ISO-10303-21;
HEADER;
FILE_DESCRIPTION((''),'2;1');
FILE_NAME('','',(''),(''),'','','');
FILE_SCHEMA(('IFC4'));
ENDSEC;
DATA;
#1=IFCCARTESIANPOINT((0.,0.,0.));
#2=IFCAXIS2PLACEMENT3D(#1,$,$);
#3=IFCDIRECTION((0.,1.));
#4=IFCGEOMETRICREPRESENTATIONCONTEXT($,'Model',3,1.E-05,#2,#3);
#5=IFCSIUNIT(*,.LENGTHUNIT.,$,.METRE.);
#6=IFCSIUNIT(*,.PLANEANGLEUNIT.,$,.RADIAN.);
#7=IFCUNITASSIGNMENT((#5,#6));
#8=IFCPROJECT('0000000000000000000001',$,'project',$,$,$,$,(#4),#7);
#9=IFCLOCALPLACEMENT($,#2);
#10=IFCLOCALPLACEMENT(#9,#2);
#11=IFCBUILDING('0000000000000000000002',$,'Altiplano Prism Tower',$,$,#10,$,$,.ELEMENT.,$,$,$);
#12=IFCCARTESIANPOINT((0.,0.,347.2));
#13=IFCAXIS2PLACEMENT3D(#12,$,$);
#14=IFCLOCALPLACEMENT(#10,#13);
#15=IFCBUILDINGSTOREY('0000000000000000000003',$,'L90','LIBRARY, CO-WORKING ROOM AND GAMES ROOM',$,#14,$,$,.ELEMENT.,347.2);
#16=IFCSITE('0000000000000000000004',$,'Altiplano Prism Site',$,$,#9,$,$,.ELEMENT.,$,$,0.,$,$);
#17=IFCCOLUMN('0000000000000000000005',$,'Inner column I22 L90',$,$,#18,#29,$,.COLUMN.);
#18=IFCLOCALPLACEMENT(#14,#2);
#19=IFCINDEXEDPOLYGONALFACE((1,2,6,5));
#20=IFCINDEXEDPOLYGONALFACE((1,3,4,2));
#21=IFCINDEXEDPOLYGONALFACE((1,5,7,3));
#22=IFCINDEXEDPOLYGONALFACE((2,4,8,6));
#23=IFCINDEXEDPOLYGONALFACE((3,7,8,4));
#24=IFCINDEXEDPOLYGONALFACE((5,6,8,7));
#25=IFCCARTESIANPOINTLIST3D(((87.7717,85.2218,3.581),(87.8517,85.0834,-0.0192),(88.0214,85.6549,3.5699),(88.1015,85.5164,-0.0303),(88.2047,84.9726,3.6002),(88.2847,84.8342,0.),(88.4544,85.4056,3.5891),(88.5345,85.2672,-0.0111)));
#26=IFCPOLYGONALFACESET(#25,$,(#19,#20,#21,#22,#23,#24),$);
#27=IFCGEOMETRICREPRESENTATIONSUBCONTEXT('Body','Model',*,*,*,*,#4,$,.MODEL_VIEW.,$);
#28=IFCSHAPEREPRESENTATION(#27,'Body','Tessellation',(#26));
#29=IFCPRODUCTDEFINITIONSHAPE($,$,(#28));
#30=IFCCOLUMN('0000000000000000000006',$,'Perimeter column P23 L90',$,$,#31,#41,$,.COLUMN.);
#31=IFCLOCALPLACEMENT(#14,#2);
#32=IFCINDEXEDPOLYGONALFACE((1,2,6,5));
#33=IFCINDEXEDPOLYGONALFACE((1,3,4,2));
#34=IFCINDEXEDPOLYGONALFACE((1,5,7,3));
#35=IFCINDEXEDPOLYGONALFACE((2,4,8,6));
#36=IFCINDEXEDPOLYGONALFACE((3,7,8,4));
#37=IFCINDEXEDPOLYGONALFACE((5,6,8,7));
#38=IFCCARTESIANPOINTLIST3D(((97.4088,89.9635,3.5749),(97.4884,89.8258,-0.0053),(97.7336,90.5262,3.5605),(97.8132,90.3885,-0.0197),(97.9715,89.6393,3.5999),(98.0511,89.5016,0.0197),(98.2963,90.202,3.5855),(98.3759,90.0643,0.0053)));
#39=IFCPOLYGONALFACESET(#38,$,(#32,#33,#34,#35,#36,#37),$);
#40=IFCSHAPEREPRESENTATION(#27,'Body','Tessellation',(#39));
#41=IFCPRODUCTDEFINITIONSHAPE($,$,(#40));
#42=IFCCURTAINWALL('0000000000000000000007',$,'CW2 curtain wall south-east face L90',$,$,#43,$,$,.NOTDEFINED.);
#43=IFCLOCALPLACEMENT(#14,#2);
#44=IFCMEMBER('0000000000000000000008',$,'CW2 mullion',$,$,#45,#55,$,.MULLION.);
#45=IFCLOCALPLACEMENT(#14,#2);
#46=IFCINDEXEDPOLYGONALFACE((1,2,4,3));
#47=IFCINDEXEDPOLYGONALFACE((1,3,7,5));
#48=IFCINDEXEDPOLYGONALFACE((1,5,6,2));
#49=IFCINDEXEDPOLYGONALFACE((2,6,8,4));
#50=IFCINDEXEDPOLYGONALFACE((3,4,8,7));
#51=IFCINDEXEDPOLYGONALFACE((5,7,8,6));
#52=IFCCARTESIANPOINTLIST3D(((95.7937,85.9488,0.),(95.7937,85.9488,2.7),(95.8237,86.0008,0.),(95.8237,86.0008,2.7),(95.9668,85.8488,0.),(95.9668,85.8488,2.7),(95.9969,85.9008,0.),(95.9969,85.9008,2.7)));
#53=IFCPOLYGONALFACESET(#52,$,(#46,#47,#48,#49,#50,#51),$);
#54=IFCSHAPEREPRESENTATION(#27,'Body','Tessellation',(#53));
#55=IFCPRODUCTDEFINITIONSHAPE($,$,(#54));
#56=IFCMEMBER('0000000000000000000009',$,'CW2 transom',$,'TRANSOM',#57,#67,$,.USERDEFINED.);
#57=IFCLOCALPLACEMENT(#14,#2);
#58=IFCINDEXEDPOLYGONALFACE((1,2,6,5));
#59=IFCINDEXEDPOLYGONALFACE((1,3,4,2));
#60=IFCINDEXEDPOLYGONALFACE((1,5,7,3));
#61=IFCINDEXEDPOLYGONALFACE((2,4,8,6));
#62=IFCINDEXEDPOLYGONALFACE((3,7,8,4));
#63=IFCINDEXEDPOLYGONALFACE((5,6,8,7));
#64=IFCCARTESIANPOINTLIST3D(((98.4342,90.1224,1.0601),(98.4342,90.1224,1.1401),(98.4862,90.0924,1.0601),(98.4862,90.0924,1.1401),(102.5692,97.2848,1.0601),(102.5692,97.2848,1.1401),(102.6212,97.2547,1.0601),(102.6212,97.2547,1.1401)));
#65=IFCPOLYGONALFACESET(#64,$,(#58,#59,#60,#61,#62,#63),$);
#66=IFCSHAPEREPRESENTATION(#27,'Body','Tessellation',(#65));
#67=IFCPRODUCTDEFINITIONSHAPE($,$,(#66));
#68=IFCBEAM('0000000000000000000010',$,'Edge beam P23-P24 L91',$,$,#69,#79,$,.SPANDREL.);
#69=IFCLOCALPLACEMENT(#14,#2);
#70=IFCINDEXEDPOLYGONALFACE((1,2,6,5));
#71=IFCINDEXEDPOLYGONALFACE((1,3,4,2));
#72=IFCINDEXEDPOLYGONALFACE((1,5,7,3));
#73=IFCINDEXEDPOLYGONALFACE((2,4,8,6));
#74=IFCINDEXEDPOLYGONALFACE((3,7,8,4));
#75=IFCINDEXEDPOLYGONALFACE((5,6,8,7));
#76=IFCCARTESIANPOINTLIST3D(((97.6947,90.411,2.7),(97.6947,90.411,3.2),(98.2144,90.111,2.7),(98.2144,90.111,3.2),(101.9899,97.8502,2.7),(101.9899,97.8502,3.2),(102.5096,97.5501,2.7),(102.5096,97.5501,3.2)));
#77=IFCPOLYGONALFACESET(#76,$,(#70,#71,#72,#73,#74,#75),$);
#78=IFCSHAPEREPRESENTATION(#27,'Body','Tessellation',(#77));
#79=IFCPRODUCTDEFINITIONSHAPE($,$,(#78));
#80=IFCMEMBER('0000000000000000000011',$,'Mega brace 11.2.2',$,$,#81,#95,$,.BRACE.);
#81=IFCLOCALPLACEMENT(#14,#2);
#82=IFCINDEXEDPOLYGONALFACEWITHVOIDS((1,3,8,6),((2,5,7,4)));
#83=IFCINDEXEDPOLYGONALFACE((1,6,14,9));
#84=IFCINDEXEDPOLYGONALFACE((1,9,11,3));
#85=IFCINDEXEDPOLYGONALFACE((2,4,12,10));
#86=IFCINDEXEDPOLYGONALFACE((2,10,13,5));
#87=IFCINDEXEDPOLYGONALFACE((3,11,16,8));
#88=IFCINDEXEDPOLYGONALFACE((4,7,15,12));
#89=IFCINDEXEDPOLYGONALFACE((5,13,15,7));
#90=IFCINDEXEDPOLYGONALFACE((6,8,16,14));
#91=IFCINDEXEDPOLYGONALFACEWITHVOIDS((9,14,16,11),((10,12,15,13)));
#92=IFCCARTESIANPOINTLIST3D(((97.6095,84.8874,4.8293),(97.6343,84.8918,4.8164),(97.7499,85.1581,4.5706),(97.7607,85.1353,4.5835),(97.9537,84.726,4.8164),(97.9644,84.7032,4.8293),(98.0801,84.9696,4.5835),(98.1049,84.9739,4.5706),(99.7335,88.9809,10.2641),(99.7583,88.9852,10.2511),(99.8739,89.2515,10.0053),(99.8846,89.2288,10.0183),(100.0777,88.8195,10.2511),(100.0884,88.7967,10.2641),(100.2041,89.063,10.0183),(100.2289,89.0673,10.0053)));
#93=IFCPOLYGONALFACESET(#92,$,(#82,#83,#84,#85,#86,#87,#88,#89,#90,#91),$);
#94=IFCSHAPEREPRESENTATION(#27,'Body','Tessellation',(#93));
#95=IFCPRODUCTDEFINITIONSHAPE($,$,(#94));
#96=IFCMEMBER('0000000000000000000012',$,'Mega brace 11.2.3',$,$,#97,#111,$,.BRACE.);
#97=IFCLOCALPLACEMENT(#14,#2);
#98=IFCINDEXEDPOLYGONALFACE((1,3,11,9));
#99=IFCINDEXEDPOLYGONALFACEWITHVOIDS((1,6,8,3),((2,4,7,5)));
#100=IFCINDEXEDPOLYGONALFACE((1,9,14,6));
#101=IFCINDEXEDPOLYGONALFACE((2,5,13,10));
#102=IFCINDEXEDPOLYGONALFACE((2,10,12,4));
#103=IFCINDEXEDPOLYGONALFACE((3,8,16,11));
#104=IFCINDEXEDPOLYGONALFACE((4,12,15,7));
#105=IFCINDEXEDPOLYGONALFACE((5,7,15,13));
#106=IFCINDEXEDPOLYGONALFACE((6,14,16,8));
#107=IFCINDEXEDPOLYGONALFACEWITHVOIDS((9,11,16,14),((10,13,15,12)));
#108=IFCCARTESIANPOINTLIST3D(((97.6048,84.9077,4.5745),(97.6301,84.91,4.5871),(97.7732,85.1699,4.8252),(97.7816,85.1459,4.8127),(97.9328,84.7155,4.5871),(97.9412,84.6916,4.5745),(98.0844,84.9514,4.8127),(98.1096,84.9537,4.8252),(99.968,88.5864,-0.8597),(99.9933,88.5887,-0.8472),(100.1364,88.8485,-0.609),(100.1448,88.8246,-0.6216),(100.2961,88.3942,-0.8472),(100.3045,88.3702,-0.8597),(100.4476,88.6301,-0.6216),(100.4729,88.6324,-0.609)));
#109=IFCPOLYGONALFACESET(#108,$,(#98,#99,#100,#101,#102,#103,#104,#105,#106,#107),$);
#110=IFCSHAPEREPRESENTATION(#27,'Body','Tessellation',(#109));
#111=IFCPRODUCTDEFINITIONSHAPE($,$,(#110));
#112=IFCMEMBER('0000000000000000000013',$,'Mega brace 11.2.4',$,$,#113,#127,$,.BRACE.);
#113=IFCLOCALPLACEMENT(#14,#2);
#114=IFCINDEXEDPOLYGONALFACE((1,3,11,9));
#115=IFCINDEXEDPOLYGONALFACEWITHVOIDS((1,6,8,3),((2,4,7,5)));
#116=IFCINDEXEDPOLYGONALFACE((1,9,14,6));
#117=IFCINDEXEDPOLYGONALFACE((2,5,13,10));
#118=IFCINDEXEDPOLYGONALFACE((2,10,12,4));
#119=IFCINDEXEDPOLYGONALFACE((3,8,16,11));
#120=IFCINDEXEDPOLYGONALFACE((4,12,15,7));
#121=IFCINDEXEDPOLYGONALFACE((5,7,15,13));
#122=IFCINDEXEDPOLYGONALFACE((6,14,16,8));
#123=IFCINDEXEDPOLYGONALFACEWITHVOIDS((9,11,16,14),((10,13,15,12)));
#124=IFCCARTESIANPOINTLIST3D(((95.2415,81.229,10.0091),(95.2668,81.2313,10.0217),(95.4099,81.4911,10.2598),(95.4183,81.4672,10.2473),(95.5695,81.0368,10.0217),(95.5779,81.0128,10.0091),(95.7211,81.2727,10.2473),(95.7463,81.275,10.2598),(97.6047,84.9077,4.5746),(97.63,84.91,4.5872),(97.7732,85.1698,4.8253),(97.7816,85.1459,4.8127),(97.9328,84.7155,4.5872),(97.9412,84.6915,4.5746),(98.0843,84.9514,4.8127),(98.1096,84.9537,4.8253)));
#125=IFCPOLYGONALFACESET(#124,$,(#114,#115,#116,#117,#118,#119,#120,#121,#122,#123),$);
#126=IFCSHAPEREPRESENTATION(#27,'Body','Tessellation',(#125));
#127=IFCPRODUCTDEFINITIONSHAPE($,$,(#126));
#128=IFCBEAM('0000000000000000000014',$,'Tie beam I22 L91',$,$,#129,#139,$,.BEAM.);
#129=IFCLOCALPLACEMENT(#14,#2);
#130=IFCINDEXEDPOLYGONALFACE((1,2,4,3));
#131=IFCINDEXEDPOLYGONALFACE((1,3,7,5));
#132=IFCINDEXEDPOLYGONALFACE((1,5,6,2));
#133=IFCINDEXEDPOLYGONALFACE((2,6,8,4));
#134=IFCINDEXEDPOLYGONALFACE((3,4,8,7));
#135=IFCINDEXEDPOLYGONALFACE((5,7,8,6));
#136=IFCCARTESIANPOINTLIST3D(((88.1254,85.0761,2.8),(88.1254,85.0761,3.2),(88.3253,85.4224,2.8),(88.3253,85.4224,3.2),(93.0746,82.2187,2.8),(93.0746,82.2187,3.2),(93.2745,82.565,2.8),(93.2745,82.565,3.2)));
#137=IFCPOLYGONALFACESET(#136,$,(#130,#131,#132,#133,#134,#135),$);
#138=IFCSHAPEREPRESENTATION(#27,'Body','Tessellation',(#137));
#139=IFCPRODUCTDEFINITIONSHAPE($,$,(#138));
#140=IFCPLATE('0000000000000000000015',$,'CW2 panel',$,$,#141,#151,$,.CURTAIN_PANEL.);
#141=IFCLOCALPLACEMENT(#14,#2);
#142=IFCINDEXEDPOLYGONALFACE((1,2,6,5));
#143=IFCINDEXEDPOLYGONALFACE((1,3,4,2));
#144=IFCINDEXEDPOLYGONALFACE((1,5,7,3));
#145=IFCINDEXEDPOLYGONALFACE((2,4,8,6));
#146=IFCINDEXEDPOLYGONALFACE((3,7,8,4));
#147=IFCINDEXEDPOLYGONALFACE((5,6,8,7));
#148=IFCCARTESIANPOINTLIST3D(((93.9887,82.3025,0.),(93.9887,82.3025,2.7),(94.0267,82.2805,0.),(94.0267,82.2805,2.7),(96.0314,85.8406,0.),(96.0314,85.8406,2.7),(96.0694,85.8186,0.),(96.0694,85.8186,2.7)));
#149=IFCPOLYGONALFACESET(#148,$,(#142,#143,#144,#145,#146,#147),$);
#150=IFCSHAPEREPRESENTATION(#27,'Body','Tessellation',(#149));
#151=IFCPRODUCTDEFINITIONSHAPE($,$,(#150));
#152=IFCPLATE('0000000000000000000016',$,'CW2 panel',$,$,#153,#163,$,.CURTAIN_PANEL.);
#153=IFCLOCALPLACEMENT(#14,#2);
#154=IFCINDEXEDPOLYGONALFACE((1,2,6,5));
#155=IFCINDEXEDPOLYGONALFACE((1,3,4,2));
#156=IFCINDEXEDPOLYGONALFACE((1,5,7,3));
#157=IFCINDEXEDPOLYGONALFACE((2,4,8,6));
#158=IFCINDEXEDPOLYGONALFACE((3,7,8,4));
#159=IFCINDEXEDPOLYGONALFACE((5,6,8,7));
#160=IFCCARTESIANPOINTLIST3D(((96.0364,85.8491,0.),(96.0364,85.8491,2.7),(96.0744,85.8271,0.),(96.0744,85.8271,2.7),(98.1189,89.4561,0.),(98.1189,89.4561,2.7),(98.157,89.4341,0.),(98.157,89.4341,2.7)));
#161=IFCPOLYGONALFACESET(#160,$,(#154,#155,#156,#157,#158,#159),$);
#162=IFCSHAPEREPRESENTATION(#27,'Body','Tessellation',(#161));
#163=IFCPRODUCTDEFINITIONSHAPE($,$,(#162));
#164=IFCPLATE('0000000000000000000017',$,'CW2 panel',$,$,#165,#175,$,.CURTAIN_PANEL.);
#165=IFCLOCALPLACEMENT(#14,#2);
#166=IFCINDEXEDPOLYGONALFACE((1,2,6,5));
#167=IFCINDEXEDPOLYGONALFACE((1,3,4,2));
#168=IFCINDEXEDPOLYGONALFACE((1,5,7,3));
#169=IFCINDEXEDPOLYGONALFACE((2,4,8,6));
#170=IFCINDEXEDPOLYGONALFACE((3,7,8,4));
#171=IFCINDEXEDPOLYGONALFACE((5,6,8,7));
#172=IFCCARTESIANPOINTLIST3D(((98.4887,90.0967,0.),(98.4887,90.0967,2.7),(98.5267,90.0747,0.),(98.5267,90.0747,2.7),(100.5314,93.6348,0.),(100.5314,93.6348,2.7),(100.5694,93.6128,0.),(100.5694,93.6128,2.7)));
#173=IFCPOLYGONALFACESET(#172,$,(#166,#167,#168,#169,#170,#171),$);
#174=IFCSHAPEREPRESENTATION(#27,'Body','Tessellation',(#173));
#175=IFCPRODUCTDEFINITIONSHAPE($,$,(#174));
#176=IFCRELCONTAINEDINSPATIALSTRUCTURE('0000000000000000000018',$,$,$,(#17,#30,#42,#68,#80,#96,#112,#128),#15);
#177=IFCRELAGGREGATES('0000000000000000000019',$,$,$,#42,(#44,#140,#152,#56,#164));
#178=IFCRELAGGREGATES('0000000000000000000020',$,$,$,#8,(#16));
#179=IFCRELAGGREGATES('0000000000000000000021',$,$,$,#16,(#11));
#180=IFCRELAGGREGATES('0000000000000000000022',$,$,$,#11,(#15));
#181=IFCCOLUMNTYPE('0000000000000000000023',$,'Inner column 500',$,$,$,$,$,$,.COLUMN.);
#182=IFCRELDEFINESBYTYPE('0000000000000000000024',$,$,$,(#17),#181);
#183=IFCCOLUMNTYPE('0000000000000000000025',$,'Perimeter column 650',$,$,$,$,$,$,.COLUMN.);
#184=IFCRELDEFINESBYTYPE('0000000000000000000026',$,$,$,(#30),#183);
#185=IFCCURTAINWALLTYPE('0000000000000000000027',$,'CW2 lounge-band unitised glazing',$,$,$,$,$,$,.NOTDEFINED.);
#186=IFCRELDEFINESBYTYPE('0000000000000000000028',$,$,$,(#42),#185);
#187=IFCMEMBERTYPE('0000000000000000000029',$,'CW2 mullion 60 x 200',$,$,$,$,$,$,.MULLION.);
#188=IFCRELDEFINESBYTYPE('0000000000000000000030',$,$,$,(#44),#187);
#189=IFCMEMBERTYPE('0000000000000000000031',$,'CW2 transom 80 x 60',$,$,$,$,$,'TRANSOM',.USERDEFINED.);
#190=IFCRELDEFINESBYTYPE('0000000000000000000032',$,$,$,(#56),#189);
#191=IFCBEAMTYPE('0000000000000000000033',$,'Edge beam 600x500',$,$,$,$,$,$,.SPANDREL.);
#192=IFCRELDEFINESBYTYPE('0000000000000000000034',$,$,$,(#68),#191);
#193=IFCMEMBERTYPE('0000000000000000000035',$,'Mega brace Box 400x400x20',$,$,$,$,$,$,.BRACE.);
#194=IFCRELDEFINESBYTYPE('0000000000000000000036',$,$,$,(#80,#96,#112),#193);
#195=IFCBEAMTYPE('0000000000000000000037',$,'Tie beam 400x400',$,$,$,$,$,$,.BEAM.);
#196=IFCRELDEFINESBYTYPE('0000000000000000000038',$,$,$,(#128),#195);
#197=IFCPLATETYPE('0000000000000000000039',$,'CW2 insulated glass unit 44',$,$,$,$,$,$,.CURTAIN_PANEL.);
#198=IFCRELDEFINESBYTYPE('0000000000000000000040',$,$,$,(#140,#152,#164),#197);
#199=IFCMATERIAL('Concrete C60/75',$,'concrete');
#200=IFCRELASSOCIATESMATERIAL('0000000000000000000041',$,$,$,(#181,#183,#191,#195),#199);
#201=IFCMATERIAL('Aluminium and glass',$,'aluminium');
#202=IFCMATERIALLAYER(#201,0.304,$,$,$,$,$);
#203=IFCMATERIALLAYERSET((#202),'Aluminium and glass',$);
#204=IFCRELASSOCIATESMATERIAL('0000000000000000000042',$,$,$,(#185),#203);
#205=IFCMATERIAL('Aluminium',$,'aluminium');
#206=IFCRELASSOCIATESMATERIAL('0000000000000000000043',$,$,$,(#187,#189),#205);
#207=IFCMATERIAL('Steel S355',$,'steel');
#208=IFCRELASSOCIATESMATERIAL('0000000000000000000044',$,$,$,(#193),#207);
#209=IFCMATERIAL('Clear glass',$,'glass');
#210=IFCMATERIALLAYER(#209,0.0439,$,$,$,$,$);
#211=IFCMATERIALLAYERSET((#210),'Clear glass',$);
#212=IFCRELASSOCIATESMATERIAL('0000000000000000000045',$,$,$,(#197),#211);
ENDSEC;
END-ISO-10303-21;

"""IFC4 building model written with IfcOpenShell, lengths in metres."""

from ifc_helpers import new_model, si_unit, direction, frame, origin, origin_2d, place, context, subcontext, project, spatial, rectangle, hollow_rectangle, extrude, material, layer, layer_set, material_profile, profile_set, type_object, element, aggregate, save


model = new_model("IFC4")

# Units and contexts
model_context = context("Model", 3, precision=1e-05, world=origin(), true_north=direction((0.0, 1.0)))
body_context = subcontext(model_context, "Body", "Model", "MODEL_VIEW")
ifc_project = project(units=[si_unit("LENGTHUNIT", "METRE"), si_unit("PLANEANGLEUNIT", "RADIAN")], contexts=[model_context])

# Site, building, storey
site_placement = place(None, origin())
site = spatial("IfcSite", under=ifc_project, at=site_placement, Name="Altiplano Prism Site", CompositionType="ELEMENT", RefElevation=0.0)
building_placement = place(site_placement, origin())
building = spatial("IfcBuilding", under=site, at=building_placement, Name="Altiplano Prism Tower", CompositionType="ELEMENT")
storey_placement = place(building_placement, frame((0.0, 0.0, 347.2)))
storey = spatial("IfcBuildingStorey", under=building, at=storey_placement, Name="L90", Description="LIBRARY, CO-WORKING ROOM AND GAMES ROOM", CompositionType="ELEMENT", Elevation=347.2)

# Columns
ifc_material_1 = material(Name="Concrete C60/75", Category="concrete")
ifc_material_profile_1 = material_profile(ifc_material_1, rectangle(XDim=0.5, YDim=0.5, at=origin_2d()), Name="Inner column 500")
ifc_profile_set_1 = profile_set([ifc_material_profile_1], Name="Concrete C60/75")
column_type_1 = type_object("IfcColumnType", Name="Inner column 500", PredefinedType="COLUMN", material=ifc_profile_set_1)
column_1_placement = place(storey_placement, frame((88.1931, 85.1753, -0.0151), z_axis=(-0.022221, 0.038413, 0.999015), x_axis=(-0.499508, -0.866025, 0.022189)))
element("IfcColumn", 1, at=column_1_placement, inside=storey, type_object=column_type_1, Name="Inner column I22 L90", PredefinedType="COLUMN", context=body_context, shape_type="SweptSolid", body=[
    extrude(rectangle(XDim=0.5, YDim=0.5, at=origin_2d()), origin(), (0.0, 0.0, 1.0), 3.6038),
])
ifc_material_profile_2 = material_profile(ifc_material_1, rectangle(XDim=0.6499, YDim=0.6499, at=origin_2d()), Name="Perimeter column 650")
ifc_profile_set_2 = profile_set([ifc_material_profile_2], Name="Concrete C60/75")
column_type_2 = type_object("IfcColumnType", Name="Perimeter column 650", PredefinedType="COLUMN", material=ifc_profile_set_2)
column_2_placement = place(storey_placement, frame((97.9321, 89.9451, 0.0), z_axis=(-0.022208, 0.038421, 0.999015), x_axis=(-0.499822, -0.865844, 0.022188)))
element("IfcColumn", 2, at=column_2_placement, inside=storey, type_object=column_type_2, Name="Perimeter column P23 L90", PredefinedType="COLUMN", context=body_context, shape_type="SweptSolid", body=[
    extrude(rectangle(XDim=0.6499, YDim=0.6499, at=origin_2d()), origin(), (0.0, 0.0, 1.0), 3.5837),
])

# Curtain wall, members
ifc_material_2 = material(Name="Aluminium and glass", Category="aluminium")
ifc_layer_1 = layer(ifc_material_2, 0.304)
ifc_layer_set_1 = layer_set([ifc_layer_1], Name="Aluminium and glass")
curtain_wall_type = type_object("IfcCurtainWallType", Name="CW2 lounge-band unitised glazing", PredefinedType="NOTDEFINED", material=ifc_layer_set_1)
curtain_wall_placement = place(storey_placement, origin())
curtain_wall = element("IfcCurtainWall", 3, at=curtain_wall_placement, inside=storey, type_object=curtain_wall_type, Name="CW2 curtain wall south-east face L90", PredefinedType="NOTDEFINED")
ifc_material_3 = material(Name="Aluminium", Category="aluminium")
ifc_material_profile_3 = material_profile(ifc_material_3, rectangle(XDim=0.2, YDim=0.0601, at=origin_2d()), Name="CW2 mullion 60 x 200")
ifc_profile_set_3 = profile_set([ifc_material_profile_3], Name="Aluminium")
member_type_1 = type_object("IfcMemberType", Name="CW2 mullion 60 x 200", PredefinedType="MULLION", material=ifc_profile_set_3)
member_1_placement = place(storey_placement, frame((95.8953, 85.9248, 0.0), z_axis=(0.0, 0.0, 1.0), x_axis=(-0.866025, 0.5, 0.0)))
member_1 = element("IfcMember", 4, at=member_1_placement, type_object=member_type_1, Name="CW2 mullion", PredefinedType="MULLION", context=body_context, shape_type="SweptSolid", body=[
    extrude(rectangle(XDim=0.2, YDim=0.0601, at=origin_2d()), origin(), (0.0, 0.0, 1.0), 2.7),
])
ifc_material_profile_4 = material_profile(ifc_material_3, rectangle(XDim=0.0601, YDim=0.0801, at=origin_2d()), Name="CW2 transom 80 x 60")
ifc_profile_set_4 = profile_set([ifc_material_profile_4], Name="Aluminium")
member_type_2 = type_object("IfcMemberType", Name="CW2 transom 80 x 60", ElementType="TRANSOM", PredefinedType="USERDEFINED", material=ifc_profile_set_4)
member_2_placement = place(storey_placement, frame((98.4602, 90.1074, 1.1001), z_axis=(0.499984, 0.866035, 0.0), x_axis=(-0.866035, 0.499984, 0.0)))
member_2 = element("IfcMember", 5, at=member_2_placement, type_object=member_type_2, Name="CW2 transom", ObjectType="TRANSOM", PredefinedType="USERDEFINED", context=body_context, shape_type="SweptSolid", body=[
    extrude(rectangle(XDim=0.0601, YDim=0.0801, at=origin_2d()), origin(), (0.0, 0.0, 1.0), 8.2703),
])

# Beam
ifc_material_profile_5 = material_profile(ifc_material_1, rectangle(XDim=0.6001, YDim=0.5, at=origin_2d()), Name="Edge beam 600x500")
ifc_profile_set_5 = profile_set([ifc_material_profile_5], Name="Concrete C60/75")
beam_type_1 = type_object("IfcBeamType", Name="Edge beam 600x500", PredefinedType="SPANDREL", material=ifc_profile_set_5)
beam_1_placement = place(storey_placement, frame((97.9546, 90.261, 2.95), z_axis=(0.500012, 0.866019, 0.0), x_axis=(-0.866019, 0.500012, 0.0)))
element("IfcBeam", 6, at=beam_1_placement, inside=storey, type_object=beam_type_1, Name="Edge beam P23-P24 L91", PredefinedType="SPANDREL", context=body_context, shape_type="SweptSolid", body=[
    extrude(rectangle(XDim=0.6001, YDim=0.5, at=origin_2d()), origin(), (0.0, 0.0, 1.0), 8.5901),
])

# Members
ifc_material_4 = material(Name="Steel S355", Category="steel")
ifc_material_profile_6 = material_profile(ifc_material_4, hollow_rectangle(XDim=0.3999, YDim=0.3999, WallThickness=0.02, at=origin_2d()), Name="Mega brace Box 400x400x20")
ifc_profile_set_6 = profile_set([ifc_material_profile_6], Name="Steel S355")
member_type_3 = type_object("IfcMemberType", Name="Mega brace Box 400x400x20", PredefinedType="BRACE", material=ifc_profile_set_6)
member_3_placement = place(storey_placement, frame((97.8572, 84.9307, 4.7), z_axis=(0.297992, 0.574302, 0.762482), x_axis=(-0.887625, 0.460567, 0.0)))
element("IfcMember", 7, at=member_3_placement, inside=storey, type_object=member_type_3, Name="Mega brace 11.2.2", PredefinedType="BRACE", context=body_context, shape_type="SweptSolid", body=[
    extrude(hollow_rectangle(XDim=0.3999, YDim=0.3999, WallThickness=0.02, at=origin_2d()), origin(), (0.0, 0.0, 1.0), 7.1277),
])
member_4_placement = place(storey_placement, frame((100.2205, 88.6094, -0.7344), z_axis=(-0.338824, -0.527418, 0.779121), x_axis=(0.841345, -0.540498, 0.0)))
element("IfcMember", 8, at=member_4_placement, inside=storey, type_object=member_type_3, Name="Mega brace 11.2.3", PredefinedType="BRACE", context=body_context, shape_type="SweptSolid", body=[
    extrude(hollow_rectangle(XDim=0.3999, YDim=0.3999, WallThickness=0.02, at=origin_2d()), origin(), (0.0, 0.0, 1.0), 6.9749),
])
member_5_placement = place(storey_placement, frame((97.8572, 84.9307, 4.7), z_axis=(-0.338815, -0.527403, 0.779134), x_axis=(0.841345, -0.540498, 0.0)))
element("IfcMember", 9, at=member_5_placement, inside=storey, type_object=member_type_3, Name="Mega brace 11.2.4", PredefinedType="BRACE", context=body_context, shape_type="SweptSolid", body=[
    extrude(hollow_rectangle(XDim=0.3999, YDim=0.3999, WallThickness=0.02, at=origin_2d()), origin(), (0.0, 0.0, 1.0), 6.9751),
])

# Beam
ifc_material_profile_7 = material_profile(ifc_material_1, rectangle(XDim=0.3999, YDim=0.3999, at=origin_2d()), Name="Tie beam 400x400")
ifc_profile_set_7 = profile_set([ifc_material_profile_7], Name="Concrete C60/75")
beam_type_2 = type_object("IfcBeamType", Name="Tie beam 400x400", PredefinedType="BEAM", material=ifc_profile_set_7)
beam_2_placement = place(storey_placement, frame((88.2253, 85.2493, 3.0), z_axis=(0.866026, -0.499999, 0.0), x_axis=(0.499999, 0.866026, 0.0)))
element("IfcBeam", 10, at=beam_2_placement, inside=storey, type_object=beam_type_2, Name="Tie beam I22 L91", PredefinedType="BEAM", context=body_context, shape_type="SweptSolid", body=[
    extrude(rectangle(XDim=0.3999, YDim=0.3999, at=origin_2d()), origin(), (0.0, 0.0, 1.0), 5.7148),
])

# Plates
ifc_material_5 = material(Name="Clear glass", Category="glass")
ifc_layer_2 = layer(ifc_material_5, 0.0439)
ifc_layer_set_2 = layer_set([ifc_layer_2], Name="Clear glass")
plate_type = type_object("IfcPlateType", Name="CW2 insulated glass unit 44", PredefinedType="CURTAIN_PANEL", material=ifc_layer_set_2)
plate_1_placement = place(storey_placement, frame((95.0291, 84.0605, 0.0), z_axis=(0.0, 0.0, 1.0), x_axis=(0.5, 0.866025, 0.0)))
plate_1 = element("IfcPlate", 11, at=plate_1_placement, type_object=plate_type, Name="CW2 panel", PredefinedType="CURTAIN_PANEL", context=body_context, shape_type="SweptSolid", body=[
    extrude(rectangle(XDim=4.0854, YDim=0.0439, at=origin_2d()), origin(), (0.0, 0.0, 1.0), 2.7),
])
plate_2_placement = place(storey_placement, frame((97.0967, 87.6416, 0.0), z_axis=(0.0, 0.0, 1.0), x_axis=(0.5, 0.866025, 0.0)))
plate_2 = element("IfcPlate", 12, at=plate_2_placement, type_object=plate_type, Name="CW2 panel", PredefinedType="CURTAIN_PANEL", context=body_context, shape_type="SweptSolid", body=[
    extrude(rectangle(XDim=4.165, YDim=0.0439, at=origin_2d()), origin(), (0.0, 0.0, 1.0), 2.7),
])
plate_3_placement = place(storey_placement, frame((99.5291, 91.8547, 0.0), z_axis=(0.0, 0.0, 1.0), x_axis=(0.5, 0.866025, 0.0)))
plate_3 = element("IfcPlate", 13, at=plate_3_placement, type_object=plate_type, Name="CW2 panel", PredefinedType="CURTAIN_PANEL", context=body_context, shape_type="SweptSolid", body=[
    extrude(rectangle(XDim=4.0854, YDim=0.0439, at=origin_2d()), origin(), (0.0, 0.0, 1.0), 2.7),
])
aggregate(curtain_wall, [member_1, plate_1, plate_2, member_2, plate_3])

save(model, "model.ifc")
